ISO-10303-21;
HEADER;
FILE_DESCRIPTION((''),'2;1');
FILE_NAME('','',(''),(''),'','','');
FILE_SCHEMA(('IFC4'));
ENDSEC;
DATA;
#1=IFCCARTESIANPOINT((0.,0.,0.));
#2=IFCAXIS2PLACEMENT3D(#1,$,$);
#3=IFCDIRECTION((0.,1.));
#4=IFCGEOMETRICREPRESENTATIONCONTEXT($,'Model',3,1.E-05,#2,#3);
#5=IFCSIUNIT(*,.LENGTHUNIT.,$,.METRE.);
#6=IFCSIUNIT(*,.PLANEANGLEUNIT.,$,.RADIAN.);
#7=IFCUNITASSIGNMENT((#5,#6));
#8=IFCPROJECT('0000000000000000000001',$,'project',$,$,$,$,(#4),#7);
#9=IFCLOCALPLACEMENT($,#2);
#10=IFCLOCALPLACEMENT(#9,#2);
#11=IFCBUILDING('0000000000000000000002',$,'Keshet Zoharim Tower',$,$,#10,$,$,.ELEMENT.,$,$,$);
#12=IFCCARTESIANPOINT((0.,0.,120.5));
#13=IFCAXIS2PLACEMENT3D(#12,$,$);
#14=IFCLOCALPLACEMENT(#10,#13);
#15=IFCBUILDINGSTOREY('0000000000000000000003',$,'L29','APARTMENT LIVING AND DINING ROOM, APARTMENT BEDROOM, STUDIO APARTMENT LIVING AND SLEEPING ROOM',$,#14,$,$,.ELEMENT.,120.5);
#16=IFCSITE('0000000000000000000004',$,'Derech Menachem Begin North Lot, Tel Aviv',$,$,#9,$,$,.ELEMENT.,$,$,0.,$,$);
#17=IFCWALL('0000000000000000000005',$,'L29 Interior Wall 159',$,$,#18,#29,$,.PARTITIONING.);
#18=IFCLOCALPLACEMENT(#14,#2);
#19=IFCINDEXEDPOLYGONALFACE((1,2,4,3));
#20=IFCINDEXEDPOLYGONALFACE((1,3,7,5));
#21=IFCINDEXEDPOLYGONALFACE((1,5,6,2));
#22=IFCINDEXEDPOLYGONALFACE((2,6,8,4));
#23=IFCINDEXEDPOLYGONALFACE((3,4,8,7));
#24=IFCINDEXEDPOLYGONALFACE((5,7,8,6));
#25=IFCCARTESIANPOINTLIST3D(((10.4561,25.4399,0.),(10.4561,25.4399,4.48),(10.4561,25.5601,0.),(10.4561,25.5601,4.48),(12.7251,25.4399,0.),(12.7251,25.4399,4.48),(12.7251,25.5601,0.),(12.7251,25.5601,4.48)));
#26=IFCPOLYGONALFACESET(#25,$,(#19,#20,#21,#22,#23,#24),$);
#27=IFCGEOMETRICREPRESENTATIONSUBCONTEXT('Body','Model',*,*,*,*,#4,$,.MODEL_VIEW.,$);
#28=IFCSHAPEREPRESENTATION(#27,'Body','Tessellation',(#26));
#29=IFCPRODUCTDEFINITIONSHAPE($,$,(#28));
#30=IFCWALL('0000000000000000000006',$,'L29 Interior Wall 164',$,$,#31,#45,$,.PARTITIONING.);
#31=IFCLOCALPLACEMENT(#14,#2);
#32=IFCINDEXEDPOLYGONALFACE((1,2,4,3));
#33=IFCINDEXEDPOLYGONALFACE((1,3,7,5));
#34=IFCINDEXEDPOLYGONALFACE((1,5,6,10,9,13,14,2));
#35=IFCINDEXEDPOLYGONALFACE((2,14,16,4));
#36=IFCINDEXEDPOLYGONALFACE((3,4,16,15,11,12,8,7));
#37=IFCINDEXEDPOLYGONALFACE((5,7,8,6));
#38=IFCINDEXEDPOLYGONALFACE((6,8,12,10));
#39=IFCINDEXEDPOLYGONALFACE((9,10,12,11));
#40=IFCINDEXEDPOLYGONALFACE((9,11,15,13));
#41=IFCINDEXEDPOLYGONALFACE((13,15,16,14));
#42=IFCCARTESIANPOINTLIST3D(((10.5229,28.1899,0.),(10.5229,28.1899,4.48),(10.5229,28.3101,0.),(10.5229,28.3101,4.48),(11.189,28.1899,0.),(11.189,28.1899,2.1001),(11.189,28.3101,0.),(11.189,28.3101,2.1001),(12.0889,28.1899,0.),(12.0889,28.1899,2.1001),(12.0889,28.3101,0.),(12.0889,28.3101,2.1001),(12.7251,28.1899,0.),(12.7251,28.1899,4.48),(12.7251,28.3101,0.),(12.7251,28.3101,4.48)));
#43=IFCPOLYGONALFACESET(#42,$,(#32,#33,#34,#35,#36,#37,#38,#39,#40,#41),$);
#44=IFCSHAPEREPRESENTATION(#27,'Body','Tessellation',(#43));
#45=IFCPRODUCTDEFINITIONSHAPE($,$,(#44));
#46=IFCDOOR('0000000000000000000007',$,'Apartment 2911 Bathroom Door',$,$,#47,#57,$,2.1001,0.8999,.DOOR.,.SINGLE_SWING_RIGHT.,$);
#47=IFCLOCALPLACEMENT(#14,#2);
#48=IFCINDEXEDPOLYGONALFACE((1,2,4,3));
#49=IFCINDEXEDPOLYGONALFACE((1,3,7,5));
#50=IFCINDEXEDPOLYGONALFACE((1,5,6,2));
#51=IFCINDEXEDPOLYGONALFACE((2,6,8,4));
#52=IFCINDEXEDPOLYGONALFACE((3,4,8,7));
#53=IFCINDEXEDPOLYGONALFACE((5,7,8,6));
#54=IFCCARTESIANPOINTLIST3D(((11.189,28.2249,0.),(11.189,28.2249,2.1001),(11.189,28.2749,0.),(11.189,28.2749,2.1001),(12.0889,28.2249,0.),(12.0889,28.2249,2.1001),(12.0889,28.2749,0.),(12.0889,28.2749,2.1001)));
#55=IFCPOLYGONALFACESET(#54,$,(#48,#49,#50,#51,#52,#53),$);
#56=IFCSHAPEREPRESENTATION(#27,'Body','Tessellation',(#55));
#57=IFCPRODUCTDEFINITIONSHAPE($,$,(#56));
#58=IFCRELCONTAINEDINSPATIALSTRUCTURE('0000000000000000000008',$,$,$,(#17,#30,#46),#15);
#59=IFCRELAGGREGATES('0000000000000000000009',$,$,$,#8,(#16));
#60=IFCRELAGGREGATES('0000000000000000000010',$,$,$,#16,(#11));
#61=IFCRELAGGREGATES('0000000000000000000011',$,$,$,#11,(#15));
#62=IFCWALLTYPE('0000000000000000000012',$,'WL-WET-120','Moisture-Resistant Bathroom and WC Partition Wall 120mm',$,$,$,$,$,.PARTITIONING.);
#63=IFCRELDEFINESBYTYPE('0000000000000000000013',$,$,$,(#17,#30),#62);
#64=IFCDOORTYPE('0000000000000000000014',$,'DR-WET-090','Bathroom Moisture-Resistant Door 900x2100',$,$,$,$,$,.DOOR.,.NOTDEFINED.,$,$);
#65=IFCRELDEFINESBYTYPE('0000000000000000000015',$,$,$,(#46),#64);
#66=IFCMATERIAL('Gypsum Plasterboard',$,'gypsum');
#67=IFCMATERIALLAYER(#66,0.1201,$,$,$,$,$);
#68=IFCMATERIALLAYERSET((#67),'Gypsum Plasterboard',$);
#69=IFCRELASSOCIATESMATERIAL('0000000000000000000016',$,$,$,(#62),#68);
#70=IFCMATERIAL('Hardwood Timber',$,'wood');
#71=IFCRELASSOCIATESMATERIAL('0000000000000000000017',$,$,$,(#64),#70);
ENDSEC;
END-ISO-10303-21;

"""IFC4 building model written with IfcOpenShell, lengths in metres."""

from ifc_helpers import new_model, si_unit, direction, frame, frame_2d, origin, place, context, subcontext, project, spatial, rectangle, extrude, material, layer, layer_set, type_object, element, fill, save


model = new_model("IFC4")

# Units and contexts
model_context = context("Model", 3, precision=1e-05, world=origin(), true_north=direction((0.0, 1.0)))
body_context = subcontext(model_context, "Body", "Model", "MODEL_VIEW")
ifc_project = project(units=[si_unit("LENGTHUNIT", "METRE"), si_unit("PLANEANGLEUNIT", "RADIAN")], contexts=[model_context])

# Site, building, storey
site_placement = place(None, origin())
site = spatial("IfcSite", under=ifc_project, at=site_placement, Name="Derech Menachem Begin North Lot, Tel Aviv", CompositionType="ELEMENT", RefElevation=0.0)
building_placement = place(site_placement, origin())
building = spatial("IfcBuilding", under=site, at=building_placement, Name="Keshet Zoharim Tower", CompositionType="ELEMENT")
storey_placement = place(building_placement, frame((0.0, 0.0, 120.5)))
storey = spatial("IfcBuildingStorey", under=building, at=storey_placement, Name="L29", Description="APARTMENT LIVING AND DINING ROOM, APARTMENT BEDROOM, STUDIO APARTMENT LIVING AND SLEEPING ROOM", CompositionType="ELEMENT", Elevation=120.5)

# Shared definitions
ifc_material_1 = material(Name="Hardwood Timber", Category="wood")

# Shared definitions
ifc_material_2 = material(Name="Gypsum Plasterboard", Category="gypsum")

# Wall
ifc_layer_1 = layer(ifc_material_2, 0.1201)
ifc_layer_set_1 = layer_set([ifc_layer_1], Name="Gypsum Plasterboard")
wall_type_1 = type_object("IfcWallType", Name="WL-WET-120", Description="Moisture-Resistant Bathroom and WC Partition Wall 120mm", PredefinedType="PARTITIONING", material=ifc_layer_set_1)
wall_1_placement = place(storey_placement, frame((10.4561, 25.5, 0.0), z_axis=(0.0, 0.0, 1.0), x_axis=(1.0, 0.0, 0.0)))
element("IfcWall", 1, at=wall_1_placement, inside=storey, type_object=wall_type_1, Name="L29 Interior Wall 159", PredefinedType="PARTITIONING", context=body_context, shape_type="SweptSolid", body=[
    extrude(rectangle(XDim=2.269, YDim=0.1201, at=frame_2d((1.1345, 0.0))), origin(), (0.0, 0.0, 1.0), 4.48),
])

# Wall, opening, door
wall_2_placement = place(storey_placement, frame((10.5229, 28.25, 0.0), z_axis=(0.0, 0.0, 1.0), x_axis=(1.0, 0.0, 0.0)))
wall_2 = element("IfcWall", 2, at=wall_2_placement, inside=storey, type_object=wall_type_1, Name="L29 Interior Wall 164", PredefinedType="PARTITIONING", context=body_context, shape_type="SweptSolid", body=[
    extrude(rectangle(XDim=2.2021, YDim=0.1201, at=frame_2d((1.1011, 0.0))), origin(), (0.0, 0.0, 1.0), 4.48),
])
opening_1_placement = place(wall_2_placement, frame((0.666, 0.0, 0.0)))
opening_1 = element("IfcOpeningElement", 3, at=opening_1_placement, cuts=wall_2, PredefinedType="OPENING", context=body_context, shape_type="SweptSolid", body=[
    extrude(rectangle(XDim=0.8999, YDim=2.1001, at=frame_2d((0.45, 1.05))), frame((0.0, 0.0701, 0.0), z_axis=(0.0, -1.0, 0.0), x_axis=(1.0, 0.0, 0.0)), (0.0, 0.0, 1.0), 0.1401),
])
door_type_1 = type_object("IfcDoorType", Name="DR-WET-090", Description="Bathroom Moisture-Resistant Door 900x2100", OperationType="NOTDEFINED", PredefinedType="DOOR", material=ifc_material_1)
door_1_placement = place(opening_1_placement, origin())
door_1 = element("IfcDoor", 4, at=door_1_placement, inside=storey, type_object=door_type_1, Name="Apartment 2911 Bathroom Door", OperationType="SINGLE_SWING_RIGHT", OverallHeight=2.1001, OverallWidth=0.8999, PredefinedType="DOOR", context=body_context, shape_type="SweptSolid", body=[
    extrude(rectangle(XDim=0.8999, YDim=2.1001, at=frame_2d((0.45, 1.05))), frame((0.0, 0.0249, 0.0), z_axis=(0.0, -1.0, 0.0), x_axis=(1.0, 0.0, 0.0)), (0.0, 0.0, 1.0), 0.05),
])
fill(opening_1, door_1)

save(model, "model.ifc")
